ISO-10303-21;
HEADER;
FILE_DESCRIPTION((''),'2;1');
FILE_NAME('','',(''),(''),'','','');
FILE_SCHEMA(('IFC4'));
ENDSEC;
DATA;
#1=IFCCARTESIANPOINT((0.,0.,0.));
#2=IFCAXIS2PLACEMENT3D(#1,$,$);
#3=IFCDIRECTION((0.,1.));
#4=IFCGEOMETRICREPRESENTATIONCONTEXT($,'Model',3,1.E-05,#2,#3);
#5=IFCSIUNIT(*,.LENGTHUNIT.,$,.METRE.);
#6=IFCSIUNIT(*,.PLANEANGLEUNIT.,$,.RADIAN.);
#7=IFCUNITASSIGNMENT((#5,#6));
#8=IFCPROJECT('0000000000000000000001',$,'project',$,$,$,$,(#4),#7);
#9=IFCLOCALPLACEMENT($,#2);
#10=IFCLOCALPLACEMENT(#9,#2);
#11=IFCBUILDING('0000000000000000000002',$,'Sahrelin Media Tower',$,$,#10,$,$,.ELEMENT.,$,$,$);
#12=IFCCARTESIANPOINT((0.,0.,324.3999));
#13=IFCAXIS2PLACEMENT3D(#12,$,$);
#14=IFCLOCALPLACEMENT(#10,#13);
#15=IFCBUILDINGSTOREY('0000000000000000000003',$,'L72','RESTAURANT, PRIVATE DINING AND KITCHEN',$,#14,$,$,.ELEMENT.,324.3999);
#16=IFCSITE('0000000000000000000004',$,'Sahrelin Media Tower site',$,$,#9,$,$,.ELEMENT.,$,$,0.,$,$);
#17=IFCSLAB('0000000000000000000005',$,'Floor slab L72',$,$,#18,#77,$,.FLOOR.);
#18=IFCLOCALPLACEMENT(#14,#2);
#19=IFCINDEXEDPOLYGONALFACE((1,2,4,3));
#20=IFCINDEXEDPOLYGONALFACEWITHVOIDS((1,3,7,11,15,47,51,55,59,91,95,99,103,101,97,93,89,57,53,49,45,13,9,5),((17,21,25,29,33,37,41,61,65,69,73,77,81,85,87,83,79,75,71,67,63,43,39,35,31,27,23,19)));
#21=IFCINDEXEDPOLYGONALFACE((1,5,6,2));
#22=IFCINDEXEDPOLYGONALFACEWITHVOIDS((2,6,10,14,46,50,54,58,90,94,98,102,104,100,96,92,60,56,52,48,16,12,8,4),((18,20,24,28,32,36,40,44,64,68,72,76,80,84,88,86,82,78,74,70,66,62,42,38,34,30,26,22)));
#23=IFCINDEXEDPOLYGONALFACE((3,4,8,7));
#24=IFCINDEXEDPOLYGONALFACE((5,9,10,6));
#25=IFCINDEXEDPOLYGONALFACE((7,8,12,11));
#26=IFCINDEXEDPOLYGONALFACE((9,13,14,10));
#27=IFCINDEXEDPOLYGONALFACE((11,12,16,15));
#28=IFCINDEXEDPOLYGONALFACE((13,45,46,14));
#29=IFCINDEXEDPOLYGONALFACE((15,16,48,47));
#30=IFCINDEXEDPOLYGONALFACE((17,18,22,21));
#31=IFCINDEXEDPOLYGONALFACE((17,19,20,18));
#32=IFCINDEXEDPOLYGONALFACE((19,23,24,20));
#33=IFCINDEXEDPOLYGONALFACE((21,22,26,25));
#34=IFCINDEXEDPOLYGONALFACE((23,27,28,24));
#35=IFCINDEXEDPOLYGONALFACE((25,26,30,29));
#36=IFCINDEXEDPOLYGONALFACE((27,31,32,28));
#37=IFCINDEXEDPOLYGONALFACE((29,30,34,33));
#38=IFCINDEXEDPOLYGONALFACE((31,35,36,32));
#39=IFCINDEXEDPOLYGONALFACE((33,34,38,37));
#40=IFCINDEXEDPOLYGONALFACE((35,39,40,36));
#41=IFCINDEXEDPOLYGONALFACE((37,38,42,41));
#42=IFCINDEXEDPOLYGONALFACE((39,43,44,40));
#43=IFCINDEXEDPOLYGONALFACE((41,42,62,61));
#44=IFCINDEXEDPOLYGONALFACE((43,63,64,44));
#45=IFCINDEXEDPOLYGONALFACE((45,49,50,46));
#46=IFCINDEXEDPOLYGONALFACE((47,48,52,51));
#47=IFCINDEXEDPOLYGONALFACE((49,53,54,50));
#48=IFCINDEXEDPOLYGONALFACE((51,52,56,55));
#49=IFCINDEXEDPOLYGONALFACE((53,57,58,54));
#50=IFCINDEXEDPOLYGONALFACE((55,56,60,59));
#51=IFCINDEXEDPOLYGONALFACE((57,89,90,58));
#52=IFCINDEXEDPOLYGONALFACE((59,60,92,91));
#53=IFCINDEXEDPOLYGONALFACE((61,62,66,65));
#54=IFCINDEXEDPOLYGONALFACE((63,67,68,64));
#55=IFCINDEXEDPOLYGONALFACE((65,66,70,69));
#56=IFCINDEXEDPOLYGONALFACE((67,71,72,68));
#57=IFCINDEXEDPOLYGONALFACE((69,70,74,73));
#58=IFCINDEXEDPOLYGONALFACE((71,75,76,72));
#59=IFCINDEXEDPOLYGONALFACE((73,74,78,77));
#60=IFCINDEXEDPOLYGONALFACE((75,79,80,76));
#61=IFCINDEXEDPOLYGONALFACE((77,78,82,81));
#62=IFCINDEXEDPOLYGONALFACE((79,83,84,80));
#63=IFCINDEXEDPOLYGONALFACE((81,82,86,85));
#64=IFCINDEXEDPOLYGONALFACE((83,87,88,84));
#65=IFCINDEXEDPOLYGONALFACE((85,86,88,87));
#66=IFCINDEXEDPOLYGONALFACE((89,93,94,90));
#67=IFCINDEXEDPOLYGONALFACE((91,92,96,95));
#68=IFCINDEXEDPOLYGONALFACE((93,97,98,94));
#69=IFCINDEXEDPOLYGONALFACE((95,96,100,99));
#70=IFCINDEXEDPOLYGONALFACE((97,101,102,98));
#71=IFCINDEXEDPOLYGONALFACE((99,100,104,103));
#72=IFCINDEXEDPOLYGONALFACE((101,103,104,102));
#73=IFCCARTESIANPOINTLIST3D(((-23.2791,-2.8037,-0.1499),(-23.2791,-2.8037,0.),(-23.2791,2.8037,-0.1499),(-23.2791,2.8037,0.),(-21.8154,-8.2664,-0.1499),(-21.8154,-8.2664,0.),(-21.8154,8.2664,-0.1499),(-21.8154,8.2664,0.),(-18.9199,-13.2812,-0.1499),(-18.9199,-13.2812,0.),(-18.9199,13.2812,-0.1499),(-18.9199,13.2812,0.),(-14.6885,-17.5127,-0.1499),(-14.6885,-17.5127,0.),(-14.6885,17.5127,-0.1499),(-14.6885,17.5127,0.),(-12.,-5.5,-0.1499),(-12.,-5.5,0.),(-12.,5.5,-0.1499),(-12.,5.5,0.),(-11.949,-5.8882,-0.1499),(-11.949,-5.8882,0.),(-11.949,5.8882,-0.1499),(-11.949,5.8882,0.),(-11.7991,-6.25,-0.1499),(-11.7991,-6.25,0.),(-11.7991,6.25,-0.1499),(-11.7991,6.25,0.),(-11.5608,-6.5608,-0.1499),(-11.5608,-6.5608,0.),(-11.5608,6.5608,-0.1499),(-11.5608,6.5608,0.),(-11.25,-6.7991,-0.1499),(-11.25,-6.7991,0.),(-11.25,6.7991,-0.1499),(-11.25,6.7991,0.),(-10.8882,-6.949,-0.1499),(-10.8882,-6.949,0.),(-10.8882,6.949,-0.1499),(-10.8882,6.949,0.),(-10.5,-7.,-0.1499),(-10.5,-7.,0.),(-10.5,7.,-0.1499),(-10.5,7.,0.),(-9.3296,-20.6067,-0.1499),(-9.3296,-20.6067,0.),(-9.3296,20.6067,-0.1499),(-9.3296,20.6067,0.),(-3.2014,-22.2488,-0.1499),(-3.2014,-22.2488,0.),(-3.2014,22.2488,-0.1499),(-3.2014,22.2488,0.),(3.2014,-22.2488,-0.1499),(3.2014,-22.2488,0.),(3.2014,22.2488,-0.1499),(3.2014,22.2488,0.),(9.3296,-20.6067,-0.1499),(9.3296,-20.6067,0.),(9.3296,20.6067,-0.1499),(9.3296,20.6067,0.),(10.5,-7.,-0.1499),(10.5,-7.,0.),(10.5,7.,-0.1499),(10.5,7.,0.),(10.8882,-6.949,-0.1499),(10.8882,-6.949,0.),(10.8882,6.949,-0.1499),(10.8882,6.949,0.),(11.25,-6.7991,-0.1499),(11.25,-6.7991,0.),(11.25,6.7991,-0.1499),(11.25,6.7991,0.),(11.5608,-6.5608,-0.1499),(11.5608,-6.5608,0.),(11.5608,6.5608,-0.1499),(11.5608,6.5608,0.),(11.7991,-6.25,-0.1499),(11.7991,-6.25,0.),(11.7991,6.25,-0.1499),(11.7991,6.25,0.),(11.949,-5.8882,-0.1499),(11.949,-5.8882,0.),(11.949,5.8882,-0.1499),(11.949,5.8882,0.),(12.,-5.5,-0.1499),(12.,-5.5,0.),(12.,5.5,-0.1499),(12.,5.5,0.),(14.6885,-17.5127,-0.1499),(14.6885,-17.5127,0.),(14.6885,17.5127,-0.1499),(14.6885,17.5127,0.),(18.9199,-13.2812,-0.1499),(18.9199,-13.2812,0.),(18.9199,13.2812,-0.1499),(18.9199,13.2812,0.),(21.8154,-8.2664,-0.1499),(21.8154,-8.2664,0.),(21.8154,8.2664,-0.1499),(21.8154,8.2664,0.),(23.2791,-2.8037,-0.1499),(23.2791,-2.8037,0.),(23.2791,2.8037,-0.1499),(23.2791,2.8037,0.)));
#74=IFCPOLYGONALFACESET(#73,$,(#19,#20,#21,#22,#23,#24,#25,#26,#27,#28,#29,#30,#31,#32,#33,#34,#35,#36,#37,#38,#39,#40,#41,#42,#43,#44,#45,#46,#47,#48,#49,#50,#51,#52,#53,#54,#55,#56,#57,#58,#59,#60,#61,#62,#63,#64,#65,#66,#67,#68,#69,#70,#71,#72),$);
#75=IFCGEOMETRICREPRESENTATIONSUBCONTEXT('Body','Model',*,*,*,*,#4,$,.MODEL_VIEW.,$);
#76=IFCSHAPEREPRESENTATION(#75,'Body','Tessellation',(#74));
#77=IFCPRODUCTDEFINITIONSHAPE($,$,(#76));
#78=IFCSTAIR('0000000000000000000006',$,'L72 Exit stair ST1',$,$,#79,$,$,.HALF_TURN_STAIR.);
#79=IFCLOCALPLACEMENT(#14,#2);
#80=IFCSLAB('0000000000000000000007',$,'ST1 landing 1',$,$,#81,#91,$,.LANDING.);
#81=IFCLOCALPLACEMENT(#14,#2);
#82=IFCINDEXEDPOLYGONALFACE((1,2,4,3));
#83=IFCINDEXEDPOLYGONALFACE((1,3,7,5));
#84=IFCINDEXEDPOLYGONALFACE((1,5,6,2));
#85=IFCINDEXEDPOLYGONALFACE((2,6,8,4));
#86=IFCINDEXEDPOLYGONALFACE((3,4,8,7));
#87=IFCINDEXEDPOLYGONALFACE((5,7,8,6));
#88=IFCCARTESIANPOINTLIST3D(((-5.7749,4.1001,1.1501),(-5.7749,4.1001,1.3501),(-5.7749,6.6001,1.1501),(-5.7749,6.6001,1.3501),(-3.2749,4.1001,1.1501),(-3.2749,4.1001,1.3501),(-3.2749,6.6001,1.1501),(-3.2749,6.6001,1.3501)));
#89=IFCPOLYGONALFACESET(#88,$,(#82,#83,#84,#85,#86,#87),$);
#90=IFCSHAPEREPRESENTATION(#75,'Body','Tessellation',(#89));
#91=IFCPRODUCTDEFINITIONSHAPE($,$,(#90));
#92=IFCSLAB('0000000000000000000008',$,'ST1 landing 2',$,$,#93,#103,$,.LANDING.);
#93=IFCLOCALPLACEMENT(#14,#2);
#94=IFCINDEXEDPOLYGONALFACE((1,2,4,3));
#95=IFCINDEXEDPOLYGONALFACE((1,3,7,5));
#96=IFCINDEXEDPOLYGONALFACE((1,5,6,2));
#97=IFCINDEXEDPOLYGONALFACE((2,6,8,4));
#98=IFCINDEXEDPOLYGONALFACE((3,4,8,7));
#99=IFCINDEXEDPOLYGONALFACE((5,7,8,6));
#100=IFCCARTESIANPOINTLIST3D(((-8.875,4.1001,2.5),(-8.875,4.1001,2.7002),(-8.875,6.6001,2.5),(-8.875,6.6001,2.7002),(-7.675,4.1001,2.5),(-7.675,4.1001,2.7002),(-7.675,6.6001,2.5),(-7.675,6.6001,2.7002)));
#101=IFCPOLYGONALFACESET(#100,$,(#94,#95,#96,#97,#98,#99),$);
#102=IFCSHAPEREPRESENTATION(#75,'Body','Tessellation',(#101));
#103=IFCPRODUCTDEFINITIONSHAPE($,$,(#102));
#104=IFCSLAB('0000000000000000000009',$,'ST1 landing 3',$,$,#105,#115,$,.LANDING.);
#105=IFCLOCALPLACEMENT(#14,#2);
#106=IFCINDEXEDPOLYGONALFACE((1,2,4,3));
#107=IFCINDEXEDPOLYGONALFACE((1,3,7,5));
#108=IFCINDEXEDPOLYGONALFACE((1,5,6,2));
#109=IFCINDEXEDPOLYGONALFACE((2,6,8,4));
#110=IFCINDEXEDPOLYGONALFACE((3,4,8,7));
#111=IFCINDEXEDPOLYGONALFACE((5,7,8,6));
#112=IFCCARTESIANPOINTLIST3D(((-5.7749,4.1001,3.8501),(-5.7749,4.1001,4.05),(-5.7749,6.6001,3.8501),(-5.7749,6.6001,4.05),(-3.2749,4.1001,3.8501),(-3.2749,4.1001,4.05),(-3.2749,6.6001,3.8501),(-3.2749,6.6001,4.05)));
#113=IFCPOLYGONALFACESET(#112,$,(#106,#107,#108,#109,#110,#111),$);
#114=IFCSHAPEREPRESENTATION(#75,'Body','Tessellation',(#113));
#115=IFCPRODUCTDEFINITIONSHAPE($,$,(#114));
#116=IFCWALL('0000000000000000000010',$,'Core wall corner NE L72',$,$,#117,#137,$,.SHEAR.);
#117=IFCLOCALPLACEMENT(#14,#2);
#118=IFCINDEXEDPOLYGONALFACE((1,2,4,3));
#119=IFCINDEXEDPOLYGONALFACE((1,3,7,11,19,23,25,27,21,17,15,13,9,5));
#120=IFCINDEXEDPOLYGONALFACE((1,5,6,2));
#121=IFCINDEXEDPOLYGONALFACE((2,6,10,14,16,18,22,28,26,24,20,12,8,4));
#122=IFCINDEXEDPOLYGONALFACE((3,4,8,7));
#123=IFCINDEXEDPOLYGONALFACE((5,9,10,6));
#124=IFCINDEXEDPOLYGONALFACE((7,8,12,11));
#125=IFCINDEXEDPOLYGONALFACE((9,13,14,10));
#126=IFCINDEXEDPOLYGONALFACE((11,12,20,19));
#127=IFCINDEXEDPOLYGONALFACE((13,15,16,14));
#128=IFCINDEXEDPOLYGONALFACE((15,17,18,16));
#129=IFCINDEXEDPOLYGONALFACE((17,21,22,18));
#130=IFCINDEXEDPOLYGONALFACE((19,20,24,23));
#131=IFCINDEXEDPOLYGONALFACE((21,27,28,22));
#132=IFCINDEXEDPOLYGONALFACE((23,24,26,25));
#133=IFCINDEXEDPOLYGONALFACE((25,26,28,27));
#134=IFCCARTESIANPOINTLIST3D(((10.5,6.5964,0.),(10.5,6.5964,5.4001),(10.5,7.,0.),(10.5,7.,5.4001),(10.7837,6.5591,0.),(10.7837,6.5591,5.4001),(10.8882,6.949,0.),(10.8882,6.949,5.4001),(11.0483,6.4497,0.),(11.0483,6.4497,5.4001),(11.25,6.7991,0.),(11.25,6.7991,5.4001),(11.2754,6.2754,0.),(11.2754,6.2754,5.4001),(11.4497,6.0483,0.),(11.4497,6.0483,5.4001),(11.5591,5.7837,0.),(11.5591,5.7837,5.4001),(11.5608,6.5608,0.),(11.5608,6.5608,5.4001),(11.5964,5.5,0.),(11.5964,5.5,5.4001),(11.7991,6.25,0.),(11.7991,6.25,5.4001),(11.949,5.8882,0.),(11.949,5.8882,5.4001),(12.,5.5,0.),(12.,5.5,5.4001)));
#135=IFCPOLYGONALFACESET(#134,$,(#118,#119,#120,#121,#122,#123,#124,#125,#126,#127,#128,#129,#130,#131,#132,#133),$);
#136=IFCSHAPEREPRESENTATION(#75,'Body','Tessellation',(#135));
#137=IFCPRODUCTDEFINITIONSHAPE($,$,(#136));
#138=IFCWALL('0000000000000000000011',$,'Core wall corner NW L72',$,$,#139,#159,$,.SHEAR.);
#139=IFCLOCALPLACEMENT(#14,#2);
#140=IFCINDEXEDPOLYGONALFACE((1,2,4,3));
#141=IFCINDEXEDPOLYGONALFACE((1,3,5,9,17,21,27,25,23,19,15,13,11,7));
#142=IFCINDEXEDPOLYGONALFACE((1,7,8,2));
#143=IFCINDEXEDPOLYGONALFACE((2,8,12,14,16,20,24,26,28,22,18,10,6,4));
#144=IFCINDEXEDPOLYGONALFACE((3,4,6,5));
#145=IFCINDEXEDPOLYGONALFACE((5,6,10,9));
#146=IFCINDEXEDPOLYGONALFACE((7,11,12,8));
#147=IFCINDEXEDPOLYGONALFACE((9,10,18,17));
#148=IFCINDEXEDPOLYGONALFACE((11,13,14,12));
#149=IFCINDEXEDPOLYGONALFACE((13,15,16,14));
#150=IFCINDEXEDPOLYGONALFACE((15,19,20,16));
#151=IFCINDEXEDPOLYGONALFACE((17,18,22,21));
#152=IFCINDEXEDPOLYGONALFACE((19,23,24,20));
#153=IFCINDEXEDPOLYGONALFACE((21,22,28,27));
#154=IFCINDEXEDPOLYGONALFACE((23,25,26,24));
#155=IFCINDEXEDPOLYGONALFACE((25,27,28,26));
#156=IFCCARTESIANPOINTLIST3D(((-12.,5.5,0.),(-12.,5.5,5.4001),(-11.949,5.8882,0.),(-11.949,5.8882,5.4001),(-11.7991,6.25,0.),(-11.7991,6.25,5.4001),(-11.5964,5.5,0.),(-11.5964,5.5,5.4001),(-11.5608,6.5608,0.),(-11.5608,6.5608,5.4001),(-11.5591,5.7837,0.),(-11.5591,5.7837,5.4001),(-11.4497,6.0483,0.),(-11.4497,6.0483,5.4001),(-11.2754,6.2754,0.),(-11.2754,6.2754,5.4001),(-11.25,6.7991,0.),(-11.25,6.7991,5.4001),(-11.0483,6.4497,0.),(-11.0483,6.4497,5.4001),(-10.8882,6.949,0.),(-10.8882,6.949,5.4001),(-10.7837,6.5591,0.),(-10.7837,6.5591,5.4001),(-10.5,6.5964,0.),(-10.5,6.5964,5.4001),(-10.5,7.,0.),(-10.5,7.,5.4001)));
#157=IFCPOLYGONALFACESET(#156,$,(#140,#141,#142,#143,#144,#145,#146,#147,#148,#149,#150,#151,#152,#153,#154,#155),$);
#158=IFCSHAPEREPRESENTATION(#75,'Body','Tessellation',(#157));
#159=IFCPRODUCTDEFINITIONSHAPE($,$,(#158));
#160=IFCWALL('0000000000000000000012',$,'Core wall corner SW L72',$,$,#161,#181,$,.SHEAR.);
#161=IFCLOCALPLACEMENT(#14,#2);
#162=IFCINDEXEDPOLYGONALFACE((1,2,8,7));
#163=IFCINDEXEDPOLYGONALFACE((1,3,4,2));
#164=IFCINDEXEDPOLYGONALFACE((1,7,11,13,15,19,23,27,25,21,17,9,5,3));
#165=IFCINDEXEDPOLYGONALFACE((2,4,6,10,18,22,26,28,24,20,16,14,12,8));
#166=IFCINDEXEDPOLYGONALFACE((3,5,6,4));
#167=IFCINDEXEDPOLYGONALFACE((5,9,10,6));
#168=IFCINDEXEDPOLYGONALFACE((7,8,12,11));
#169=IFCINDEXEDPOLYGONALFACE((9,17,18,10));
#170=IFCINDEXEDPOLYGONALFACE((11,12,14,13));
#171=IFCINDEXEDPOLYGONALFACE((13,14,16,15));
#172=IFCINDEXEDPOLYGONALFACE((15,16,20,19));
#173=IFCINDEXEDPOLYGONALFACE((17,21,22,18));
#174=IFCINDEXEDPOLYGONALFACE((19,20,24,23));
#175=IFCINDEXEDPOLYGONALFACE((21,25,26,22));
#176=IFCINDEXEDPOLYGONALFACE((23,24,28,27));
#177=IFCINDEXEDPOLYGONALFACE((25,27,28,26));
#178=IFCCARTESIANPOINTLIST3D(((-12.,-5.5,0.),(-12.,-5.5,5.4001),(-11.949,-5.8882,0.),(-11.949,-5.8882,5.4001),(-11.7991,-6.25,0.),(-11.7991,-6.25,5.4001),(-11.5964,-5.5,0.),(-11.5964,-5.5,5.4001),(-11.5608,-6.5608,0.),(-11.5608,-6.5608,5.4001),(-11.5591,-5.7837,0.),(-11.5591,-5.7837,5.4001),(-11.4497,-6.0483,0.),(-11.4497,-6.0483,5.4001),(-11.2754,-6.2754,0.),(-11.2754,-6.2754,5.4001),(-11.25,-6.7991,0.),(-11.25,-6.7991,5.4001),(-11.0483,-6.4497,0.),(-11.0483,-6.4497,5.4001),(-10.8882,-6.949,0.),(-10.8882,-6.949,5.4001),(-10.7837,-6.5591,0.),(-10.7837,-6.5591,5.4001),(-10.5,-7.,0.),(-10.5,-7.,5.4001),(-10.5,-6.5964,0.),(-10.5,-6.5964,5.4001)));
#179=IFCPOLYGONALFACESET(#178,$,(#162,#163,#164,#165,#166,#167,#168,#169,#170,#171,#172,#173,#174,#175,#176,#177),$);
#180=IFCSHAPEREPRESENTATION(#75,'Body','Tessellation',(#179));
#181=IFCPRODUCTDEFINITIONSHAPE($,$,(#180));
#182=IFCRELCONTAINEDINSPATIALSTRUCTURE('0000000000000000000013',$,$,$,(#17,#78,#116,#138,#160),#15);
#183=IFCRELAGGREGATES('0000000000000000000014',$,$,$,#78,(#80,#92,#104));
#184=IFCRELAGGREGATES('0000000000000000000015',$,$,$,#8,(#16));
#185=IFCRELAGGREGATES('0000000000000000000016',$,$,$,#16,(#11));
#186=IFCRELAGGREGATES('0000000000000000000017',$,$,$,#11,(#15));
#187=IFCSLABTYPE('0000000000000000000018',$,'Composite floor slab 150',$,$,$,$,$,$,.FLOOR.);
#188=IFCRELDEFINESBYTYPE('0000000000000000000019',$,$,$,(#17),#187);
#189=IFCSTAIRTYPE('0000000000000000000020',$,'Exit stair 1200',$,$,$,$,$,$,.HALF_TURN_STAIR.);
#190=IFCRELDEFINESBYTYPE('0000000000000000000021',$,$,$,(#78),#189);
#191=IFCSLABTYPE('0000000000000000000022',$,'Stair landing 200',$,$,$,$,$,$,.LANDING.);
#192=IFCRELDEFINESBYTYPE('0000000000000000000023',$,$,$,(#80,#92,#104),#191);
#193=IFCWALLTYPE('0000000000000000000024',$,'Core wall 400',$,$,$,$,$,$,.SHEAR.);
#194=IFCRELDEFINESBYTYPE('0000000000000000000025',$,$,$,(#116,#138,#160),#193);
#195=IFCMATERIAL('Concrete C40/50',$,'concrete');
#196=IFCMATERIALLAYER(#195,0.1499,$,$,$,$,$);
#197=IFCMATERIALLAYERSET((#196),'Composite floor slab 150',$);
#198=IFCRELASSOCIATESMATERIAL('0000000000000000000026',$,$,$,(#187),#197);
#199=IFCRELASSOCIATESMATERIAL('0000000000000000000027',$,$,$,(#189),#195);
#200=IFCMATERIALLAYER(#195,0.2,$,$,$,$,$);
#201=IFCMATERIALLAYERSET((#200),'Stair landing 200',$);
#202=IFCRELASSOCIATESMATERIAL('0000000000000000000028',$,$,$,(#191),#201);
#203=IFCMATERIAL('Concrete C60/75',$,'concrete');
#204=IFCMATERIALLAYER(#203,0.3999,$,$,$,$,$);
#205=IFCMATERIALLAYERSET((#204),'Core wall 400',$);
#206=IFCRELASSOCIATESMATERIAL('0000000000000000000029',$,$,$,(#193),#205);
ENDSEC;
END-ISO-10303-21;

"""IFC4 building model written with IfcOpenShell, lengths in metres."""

from ifc_helpers import new_model, si_unit, direction, frame, origin, place, context, subcontext, project, spatial, polyline, outline, extrude, material, layer, layer_set, type_object, element, aggregate, save


model = new_model("IFC4")

# Units and contexts
model_context = context("Model", 3, precision=1e-05, world=origin(), true_north=direction((0.0, 1.0)))
body_context = subcontext(model_context, "Body", "Model", "MODEL_VIEW")
ifc_project = project(units=[si_unit("LENGTHUNIT", "METRE"), si_unit("PLANEANGLEUNIT", "RADIAN")], contexts=[model_context])

# Site, building, storey
site_placement = place(None, origin())
site = spatial("IfcSite", under=ifc_project, at=site_placement, Name="Sahrelin Media Tower site", CompositionType="ELEMENT", RefElevation=0.0)
building_placement = place(site_placement, origin())
building = spatial("IfcBuilding", under=site, at=building_placement, Name="Sahrelin Media Tower", CompositionType="ELEMENT")
storey_placement = place(building_placement, frame((0.0, 0.0, 324.3999)))
storey = spatial("IfcBuildingStorey", under=building, at=storey_placement, Name="L72", Description="RESTAURANT, PRIVATE DINING AND KITCHEN", CompositionType="ELEMENT", Elevation=324.3999)

# Slab
ifc_material_1 = material(Name="Concrete C40/50", Category="concrete")
ifc_layer_1 = layer(ifc_material_1, 0.1499)
ifc_layer_set_1 = layer_set([ifc_layer_1], Name="Composite floor slab 150")
slab_type_1 = type_object("IfcSlabType", Name="Composite floor slab 150", PredefinedType="FLOOR", material=ifc_layer_set_1)
slab_1_placement = place(storey_placement, frame((0.0, 0.0, -0.1499)))
element("IfcSlab", 1, at=slab_1_placement, inside=storey, type_object=slab_type_1, Name="Floor slab L72", PredefinedType="FLOOR", context=body_context, shape_type="SweptSolid", body=[
    extrude(outline(polyline([(23.2791, -2.8037), (23.2791, 2.8037), (21.8154, 8.2664), (18.9199, 13.2812), (14.6885, 17.5127), (9.3296, 20.6067), (3.2014, 22.2488), (-3.2014, 22.2488), (-9.3296, 20.6067), (-14.6885, 17.5127), (-18.9199, 13.2812), (-21.8154, 8.2664), (-23.2791, 2.8037), (-23.2791, -2.8037), (-21.8154, -8.2664), (-18.9199, -13.2812), (-14.6885, -17.5127), (-9.3296, -20.6067), (-3.2014, -22.2488), (3.2014, -22.2488), (9.3296, -20.6067), (14.6885, -17.5127), (18.9199, -13.2812), (21.8154, -8.2664), (23.2791, -2.8037)]), holes=[polyline([(11.949, 5.8882), (12.0, 5.5), (12.0, -5.5), (11.949, -5.8882), (11.7991, -6.25), (11.5608, -6.5608), (11.25, -6.7991), (10.8882, -6.949), (10.5, -7.0), (-10.5, -7.0), (-10.8882, -6.949), (-11.25, -6.7991), (-11.5608, -6.5608), (-11.7991, -6.25), (-11.949, -5.8882), (-12.0, -5.5), (-12.0, 5.5), (-11.949, 5.8882), (-11.7991, 6.25), (-11.5608, 6.5608), (-11.25, 6.7991), (-10.8882, 6.949), (-10.5, 7.0), (10.5, 7.0), (10.8882, 6.949), (11.25, 6.7991), (11.5608, 6.5608), (11.7991, 6.25), (11.949, 5.8882)])]), origin(), (0.0, 0.0, 1.0), 0.1499),
])

# Stair, slabs
stair_type = type_object("IfcStairType", Name="Exit stair 1200", PredefinedType="HALF_TURN_STAIR", material=ifc_material_1)
placement = place(storey_placement, origin())
stair = element("IfcStair", 2, at=placement, inside=storey, type_object=stair_type, Name="L72 Exit stair ST1", PredefinedType="HALF_TURN_STAIR")
ifc_layer_2 = layer(ifc_material_1, 0.2)
ifc_layer_set_2 = layer_set([ifc_layer_2], Name="Stair landing 200")
slab_type_2 = type_object("IfcSlabType", Name="Stair landing 200", PredefinedType="LANDING", material=ifc_layer_set_2)
slab_2_placement = place(storey_placement, frame((0.0, 0.0, 1.1501)))
slab_2 = element("IfcSlab", 3, at=slab_2_placement, type_object=slab_type_2, Name="ST1 landing 1", PredefinedType="LANDING", context=body_context, shape_type="SweptSolid", body=[
    extrude(outline(polyline([(-5.7749, 4.1001), (-3.2749, 4.1001), (-3.2749, 6.6001), (-5.7749, 6.6001), (-5.7749, 4.1001)])), origin(), (0.0, 0.0, 1.0), 0.2),
])
slab_3_placement = place(storey_placement, frame((0.0, 0.0, 2.5)))
slab_3 = element("IfcSlab", 4, at=slab_3_placement, type_object=slab_type_2, Name="ST1 landing 2", PredefinedType="LANDING", context=body_context, shape_type="SweptSolid", body=[
    extrude(outline(polyline([(-8.875, 4.1001), (-7.675, 4.1001), (-7.675, 6.6001), (-8.875, 6.6001), (-8.875, 4.1001)])), origin(), (0.0, 0.0, 1.0), 0.2002),
])
slab_4_placement = place(storey_placement, frame((0.0, 0.0, 3.8501)))
slab_4 = element("IfcSlab", 5, at=slab_4_placement, type_object=slab_type_2, Name="ST1 landing 3", PredefinedType="LANDING", context=body_context, shape_type="SweptSolid", body=[
    extrude(outline(polyline([(-5.7749, 4.1001), (-3.2749, 4.1001), (-3.2749, 6.6001), (-5.7749, 6.6001), (-5.7749, 4.1001)])), origin(), (0.0, 0.0, 1.0), 0.2),
])
aggregate(stair, [slab_2, slab_3, slab_4])

# Walls
ifc_material_2 = material(Name="Concrete C60/75", Category="concrete")
ifc_layer_3 = layer(ifc_material_2, 0.3999)
ifc_layer_set_3 = layer_set([ifc_layer_3], Name="Core wall 400")
wall_type = type_object("IfcWallType", Name="Core wall 400", PredefinedType="SHEAR", material=ifc_layer_set_3)
element("IfcWall", 6, at=placement, inside=storey, type_object=wall_type, Name="Core wall corner NE L72", PredefinedType="SHEAR", context=body_context, shape_type="SweptSolid", body=[
    extrude(outline(polyline([(10.5, 7.0), (10.5, 6.5964), (10.7837, 6.5591), (11.0483, 6.4497), (11.2754, 6.2754), (11.4497, 6.0483), (11.5591, 5.7837), (11.5964, 5.5), (12.0, 5.5), (11.949, 5.8882), (11.7991, 6.25), (11.5608, 6.5608), (11.25, 6.7991), (10.8882, 6.949), (10.5, 7.0)])), origin(), (0.0, 0.0, 1.0), 5.4001),
])
element("IfcWall", 7, at=placement, inside=storey, type_object=wall_type, Name="Core wall corner NW L72", PredefinedType="SHEAR", context=body_context, shape_type="SweptSolid", body=[
    extrude(outline(polyline([(-12.0, 5.5), (-11.5964, 5.5), (-11.5591, 5.7837), (-11.4497, 6.0483), (-11.2754, 6.2754), (-11.0483, 6.4497), (-10.7837, 6.5591), (-10.5, 6.5964), (-10.5, 7.0), (-10.8882, 6.949), (-11.25, 6.7991), (-11.5608, 6.5608), (-11.7991, 6.25), (-11.949, 5.8882), (-12.0, 5.5)])), origin(), (0.0, 0.0, 1.0), 5.4001),
])
element("IfcWall", 8, at=placement, inside=storey, type_object=wall_type, Name="Core wall corner SW L72", PredefinedType="SHEAR", context=body_context, shape_type="SweptSolid", body=[
    extrude(outline(polyline([(-10.5, -7.0), (-10.5, -6.5964), (-10.7837, -6.5591), (-11.0483, -6.4497), (-11.2754, -6.2754), (-11.4497, -6.0483), (-11.5591, -5.7837), (-11.5964, -5.5), (-12.0, -5.5), (-11.949, -5.8882), (-11.7991, -6.25), (-11.5608, -6.5608), (-11.25, -6.7991), (-10.8882, -6.949), (-10.5, -7.0)])), origin(), (0.0, 0.0, 1.0), 5.4001),
])

save(model, "model.ifc")
